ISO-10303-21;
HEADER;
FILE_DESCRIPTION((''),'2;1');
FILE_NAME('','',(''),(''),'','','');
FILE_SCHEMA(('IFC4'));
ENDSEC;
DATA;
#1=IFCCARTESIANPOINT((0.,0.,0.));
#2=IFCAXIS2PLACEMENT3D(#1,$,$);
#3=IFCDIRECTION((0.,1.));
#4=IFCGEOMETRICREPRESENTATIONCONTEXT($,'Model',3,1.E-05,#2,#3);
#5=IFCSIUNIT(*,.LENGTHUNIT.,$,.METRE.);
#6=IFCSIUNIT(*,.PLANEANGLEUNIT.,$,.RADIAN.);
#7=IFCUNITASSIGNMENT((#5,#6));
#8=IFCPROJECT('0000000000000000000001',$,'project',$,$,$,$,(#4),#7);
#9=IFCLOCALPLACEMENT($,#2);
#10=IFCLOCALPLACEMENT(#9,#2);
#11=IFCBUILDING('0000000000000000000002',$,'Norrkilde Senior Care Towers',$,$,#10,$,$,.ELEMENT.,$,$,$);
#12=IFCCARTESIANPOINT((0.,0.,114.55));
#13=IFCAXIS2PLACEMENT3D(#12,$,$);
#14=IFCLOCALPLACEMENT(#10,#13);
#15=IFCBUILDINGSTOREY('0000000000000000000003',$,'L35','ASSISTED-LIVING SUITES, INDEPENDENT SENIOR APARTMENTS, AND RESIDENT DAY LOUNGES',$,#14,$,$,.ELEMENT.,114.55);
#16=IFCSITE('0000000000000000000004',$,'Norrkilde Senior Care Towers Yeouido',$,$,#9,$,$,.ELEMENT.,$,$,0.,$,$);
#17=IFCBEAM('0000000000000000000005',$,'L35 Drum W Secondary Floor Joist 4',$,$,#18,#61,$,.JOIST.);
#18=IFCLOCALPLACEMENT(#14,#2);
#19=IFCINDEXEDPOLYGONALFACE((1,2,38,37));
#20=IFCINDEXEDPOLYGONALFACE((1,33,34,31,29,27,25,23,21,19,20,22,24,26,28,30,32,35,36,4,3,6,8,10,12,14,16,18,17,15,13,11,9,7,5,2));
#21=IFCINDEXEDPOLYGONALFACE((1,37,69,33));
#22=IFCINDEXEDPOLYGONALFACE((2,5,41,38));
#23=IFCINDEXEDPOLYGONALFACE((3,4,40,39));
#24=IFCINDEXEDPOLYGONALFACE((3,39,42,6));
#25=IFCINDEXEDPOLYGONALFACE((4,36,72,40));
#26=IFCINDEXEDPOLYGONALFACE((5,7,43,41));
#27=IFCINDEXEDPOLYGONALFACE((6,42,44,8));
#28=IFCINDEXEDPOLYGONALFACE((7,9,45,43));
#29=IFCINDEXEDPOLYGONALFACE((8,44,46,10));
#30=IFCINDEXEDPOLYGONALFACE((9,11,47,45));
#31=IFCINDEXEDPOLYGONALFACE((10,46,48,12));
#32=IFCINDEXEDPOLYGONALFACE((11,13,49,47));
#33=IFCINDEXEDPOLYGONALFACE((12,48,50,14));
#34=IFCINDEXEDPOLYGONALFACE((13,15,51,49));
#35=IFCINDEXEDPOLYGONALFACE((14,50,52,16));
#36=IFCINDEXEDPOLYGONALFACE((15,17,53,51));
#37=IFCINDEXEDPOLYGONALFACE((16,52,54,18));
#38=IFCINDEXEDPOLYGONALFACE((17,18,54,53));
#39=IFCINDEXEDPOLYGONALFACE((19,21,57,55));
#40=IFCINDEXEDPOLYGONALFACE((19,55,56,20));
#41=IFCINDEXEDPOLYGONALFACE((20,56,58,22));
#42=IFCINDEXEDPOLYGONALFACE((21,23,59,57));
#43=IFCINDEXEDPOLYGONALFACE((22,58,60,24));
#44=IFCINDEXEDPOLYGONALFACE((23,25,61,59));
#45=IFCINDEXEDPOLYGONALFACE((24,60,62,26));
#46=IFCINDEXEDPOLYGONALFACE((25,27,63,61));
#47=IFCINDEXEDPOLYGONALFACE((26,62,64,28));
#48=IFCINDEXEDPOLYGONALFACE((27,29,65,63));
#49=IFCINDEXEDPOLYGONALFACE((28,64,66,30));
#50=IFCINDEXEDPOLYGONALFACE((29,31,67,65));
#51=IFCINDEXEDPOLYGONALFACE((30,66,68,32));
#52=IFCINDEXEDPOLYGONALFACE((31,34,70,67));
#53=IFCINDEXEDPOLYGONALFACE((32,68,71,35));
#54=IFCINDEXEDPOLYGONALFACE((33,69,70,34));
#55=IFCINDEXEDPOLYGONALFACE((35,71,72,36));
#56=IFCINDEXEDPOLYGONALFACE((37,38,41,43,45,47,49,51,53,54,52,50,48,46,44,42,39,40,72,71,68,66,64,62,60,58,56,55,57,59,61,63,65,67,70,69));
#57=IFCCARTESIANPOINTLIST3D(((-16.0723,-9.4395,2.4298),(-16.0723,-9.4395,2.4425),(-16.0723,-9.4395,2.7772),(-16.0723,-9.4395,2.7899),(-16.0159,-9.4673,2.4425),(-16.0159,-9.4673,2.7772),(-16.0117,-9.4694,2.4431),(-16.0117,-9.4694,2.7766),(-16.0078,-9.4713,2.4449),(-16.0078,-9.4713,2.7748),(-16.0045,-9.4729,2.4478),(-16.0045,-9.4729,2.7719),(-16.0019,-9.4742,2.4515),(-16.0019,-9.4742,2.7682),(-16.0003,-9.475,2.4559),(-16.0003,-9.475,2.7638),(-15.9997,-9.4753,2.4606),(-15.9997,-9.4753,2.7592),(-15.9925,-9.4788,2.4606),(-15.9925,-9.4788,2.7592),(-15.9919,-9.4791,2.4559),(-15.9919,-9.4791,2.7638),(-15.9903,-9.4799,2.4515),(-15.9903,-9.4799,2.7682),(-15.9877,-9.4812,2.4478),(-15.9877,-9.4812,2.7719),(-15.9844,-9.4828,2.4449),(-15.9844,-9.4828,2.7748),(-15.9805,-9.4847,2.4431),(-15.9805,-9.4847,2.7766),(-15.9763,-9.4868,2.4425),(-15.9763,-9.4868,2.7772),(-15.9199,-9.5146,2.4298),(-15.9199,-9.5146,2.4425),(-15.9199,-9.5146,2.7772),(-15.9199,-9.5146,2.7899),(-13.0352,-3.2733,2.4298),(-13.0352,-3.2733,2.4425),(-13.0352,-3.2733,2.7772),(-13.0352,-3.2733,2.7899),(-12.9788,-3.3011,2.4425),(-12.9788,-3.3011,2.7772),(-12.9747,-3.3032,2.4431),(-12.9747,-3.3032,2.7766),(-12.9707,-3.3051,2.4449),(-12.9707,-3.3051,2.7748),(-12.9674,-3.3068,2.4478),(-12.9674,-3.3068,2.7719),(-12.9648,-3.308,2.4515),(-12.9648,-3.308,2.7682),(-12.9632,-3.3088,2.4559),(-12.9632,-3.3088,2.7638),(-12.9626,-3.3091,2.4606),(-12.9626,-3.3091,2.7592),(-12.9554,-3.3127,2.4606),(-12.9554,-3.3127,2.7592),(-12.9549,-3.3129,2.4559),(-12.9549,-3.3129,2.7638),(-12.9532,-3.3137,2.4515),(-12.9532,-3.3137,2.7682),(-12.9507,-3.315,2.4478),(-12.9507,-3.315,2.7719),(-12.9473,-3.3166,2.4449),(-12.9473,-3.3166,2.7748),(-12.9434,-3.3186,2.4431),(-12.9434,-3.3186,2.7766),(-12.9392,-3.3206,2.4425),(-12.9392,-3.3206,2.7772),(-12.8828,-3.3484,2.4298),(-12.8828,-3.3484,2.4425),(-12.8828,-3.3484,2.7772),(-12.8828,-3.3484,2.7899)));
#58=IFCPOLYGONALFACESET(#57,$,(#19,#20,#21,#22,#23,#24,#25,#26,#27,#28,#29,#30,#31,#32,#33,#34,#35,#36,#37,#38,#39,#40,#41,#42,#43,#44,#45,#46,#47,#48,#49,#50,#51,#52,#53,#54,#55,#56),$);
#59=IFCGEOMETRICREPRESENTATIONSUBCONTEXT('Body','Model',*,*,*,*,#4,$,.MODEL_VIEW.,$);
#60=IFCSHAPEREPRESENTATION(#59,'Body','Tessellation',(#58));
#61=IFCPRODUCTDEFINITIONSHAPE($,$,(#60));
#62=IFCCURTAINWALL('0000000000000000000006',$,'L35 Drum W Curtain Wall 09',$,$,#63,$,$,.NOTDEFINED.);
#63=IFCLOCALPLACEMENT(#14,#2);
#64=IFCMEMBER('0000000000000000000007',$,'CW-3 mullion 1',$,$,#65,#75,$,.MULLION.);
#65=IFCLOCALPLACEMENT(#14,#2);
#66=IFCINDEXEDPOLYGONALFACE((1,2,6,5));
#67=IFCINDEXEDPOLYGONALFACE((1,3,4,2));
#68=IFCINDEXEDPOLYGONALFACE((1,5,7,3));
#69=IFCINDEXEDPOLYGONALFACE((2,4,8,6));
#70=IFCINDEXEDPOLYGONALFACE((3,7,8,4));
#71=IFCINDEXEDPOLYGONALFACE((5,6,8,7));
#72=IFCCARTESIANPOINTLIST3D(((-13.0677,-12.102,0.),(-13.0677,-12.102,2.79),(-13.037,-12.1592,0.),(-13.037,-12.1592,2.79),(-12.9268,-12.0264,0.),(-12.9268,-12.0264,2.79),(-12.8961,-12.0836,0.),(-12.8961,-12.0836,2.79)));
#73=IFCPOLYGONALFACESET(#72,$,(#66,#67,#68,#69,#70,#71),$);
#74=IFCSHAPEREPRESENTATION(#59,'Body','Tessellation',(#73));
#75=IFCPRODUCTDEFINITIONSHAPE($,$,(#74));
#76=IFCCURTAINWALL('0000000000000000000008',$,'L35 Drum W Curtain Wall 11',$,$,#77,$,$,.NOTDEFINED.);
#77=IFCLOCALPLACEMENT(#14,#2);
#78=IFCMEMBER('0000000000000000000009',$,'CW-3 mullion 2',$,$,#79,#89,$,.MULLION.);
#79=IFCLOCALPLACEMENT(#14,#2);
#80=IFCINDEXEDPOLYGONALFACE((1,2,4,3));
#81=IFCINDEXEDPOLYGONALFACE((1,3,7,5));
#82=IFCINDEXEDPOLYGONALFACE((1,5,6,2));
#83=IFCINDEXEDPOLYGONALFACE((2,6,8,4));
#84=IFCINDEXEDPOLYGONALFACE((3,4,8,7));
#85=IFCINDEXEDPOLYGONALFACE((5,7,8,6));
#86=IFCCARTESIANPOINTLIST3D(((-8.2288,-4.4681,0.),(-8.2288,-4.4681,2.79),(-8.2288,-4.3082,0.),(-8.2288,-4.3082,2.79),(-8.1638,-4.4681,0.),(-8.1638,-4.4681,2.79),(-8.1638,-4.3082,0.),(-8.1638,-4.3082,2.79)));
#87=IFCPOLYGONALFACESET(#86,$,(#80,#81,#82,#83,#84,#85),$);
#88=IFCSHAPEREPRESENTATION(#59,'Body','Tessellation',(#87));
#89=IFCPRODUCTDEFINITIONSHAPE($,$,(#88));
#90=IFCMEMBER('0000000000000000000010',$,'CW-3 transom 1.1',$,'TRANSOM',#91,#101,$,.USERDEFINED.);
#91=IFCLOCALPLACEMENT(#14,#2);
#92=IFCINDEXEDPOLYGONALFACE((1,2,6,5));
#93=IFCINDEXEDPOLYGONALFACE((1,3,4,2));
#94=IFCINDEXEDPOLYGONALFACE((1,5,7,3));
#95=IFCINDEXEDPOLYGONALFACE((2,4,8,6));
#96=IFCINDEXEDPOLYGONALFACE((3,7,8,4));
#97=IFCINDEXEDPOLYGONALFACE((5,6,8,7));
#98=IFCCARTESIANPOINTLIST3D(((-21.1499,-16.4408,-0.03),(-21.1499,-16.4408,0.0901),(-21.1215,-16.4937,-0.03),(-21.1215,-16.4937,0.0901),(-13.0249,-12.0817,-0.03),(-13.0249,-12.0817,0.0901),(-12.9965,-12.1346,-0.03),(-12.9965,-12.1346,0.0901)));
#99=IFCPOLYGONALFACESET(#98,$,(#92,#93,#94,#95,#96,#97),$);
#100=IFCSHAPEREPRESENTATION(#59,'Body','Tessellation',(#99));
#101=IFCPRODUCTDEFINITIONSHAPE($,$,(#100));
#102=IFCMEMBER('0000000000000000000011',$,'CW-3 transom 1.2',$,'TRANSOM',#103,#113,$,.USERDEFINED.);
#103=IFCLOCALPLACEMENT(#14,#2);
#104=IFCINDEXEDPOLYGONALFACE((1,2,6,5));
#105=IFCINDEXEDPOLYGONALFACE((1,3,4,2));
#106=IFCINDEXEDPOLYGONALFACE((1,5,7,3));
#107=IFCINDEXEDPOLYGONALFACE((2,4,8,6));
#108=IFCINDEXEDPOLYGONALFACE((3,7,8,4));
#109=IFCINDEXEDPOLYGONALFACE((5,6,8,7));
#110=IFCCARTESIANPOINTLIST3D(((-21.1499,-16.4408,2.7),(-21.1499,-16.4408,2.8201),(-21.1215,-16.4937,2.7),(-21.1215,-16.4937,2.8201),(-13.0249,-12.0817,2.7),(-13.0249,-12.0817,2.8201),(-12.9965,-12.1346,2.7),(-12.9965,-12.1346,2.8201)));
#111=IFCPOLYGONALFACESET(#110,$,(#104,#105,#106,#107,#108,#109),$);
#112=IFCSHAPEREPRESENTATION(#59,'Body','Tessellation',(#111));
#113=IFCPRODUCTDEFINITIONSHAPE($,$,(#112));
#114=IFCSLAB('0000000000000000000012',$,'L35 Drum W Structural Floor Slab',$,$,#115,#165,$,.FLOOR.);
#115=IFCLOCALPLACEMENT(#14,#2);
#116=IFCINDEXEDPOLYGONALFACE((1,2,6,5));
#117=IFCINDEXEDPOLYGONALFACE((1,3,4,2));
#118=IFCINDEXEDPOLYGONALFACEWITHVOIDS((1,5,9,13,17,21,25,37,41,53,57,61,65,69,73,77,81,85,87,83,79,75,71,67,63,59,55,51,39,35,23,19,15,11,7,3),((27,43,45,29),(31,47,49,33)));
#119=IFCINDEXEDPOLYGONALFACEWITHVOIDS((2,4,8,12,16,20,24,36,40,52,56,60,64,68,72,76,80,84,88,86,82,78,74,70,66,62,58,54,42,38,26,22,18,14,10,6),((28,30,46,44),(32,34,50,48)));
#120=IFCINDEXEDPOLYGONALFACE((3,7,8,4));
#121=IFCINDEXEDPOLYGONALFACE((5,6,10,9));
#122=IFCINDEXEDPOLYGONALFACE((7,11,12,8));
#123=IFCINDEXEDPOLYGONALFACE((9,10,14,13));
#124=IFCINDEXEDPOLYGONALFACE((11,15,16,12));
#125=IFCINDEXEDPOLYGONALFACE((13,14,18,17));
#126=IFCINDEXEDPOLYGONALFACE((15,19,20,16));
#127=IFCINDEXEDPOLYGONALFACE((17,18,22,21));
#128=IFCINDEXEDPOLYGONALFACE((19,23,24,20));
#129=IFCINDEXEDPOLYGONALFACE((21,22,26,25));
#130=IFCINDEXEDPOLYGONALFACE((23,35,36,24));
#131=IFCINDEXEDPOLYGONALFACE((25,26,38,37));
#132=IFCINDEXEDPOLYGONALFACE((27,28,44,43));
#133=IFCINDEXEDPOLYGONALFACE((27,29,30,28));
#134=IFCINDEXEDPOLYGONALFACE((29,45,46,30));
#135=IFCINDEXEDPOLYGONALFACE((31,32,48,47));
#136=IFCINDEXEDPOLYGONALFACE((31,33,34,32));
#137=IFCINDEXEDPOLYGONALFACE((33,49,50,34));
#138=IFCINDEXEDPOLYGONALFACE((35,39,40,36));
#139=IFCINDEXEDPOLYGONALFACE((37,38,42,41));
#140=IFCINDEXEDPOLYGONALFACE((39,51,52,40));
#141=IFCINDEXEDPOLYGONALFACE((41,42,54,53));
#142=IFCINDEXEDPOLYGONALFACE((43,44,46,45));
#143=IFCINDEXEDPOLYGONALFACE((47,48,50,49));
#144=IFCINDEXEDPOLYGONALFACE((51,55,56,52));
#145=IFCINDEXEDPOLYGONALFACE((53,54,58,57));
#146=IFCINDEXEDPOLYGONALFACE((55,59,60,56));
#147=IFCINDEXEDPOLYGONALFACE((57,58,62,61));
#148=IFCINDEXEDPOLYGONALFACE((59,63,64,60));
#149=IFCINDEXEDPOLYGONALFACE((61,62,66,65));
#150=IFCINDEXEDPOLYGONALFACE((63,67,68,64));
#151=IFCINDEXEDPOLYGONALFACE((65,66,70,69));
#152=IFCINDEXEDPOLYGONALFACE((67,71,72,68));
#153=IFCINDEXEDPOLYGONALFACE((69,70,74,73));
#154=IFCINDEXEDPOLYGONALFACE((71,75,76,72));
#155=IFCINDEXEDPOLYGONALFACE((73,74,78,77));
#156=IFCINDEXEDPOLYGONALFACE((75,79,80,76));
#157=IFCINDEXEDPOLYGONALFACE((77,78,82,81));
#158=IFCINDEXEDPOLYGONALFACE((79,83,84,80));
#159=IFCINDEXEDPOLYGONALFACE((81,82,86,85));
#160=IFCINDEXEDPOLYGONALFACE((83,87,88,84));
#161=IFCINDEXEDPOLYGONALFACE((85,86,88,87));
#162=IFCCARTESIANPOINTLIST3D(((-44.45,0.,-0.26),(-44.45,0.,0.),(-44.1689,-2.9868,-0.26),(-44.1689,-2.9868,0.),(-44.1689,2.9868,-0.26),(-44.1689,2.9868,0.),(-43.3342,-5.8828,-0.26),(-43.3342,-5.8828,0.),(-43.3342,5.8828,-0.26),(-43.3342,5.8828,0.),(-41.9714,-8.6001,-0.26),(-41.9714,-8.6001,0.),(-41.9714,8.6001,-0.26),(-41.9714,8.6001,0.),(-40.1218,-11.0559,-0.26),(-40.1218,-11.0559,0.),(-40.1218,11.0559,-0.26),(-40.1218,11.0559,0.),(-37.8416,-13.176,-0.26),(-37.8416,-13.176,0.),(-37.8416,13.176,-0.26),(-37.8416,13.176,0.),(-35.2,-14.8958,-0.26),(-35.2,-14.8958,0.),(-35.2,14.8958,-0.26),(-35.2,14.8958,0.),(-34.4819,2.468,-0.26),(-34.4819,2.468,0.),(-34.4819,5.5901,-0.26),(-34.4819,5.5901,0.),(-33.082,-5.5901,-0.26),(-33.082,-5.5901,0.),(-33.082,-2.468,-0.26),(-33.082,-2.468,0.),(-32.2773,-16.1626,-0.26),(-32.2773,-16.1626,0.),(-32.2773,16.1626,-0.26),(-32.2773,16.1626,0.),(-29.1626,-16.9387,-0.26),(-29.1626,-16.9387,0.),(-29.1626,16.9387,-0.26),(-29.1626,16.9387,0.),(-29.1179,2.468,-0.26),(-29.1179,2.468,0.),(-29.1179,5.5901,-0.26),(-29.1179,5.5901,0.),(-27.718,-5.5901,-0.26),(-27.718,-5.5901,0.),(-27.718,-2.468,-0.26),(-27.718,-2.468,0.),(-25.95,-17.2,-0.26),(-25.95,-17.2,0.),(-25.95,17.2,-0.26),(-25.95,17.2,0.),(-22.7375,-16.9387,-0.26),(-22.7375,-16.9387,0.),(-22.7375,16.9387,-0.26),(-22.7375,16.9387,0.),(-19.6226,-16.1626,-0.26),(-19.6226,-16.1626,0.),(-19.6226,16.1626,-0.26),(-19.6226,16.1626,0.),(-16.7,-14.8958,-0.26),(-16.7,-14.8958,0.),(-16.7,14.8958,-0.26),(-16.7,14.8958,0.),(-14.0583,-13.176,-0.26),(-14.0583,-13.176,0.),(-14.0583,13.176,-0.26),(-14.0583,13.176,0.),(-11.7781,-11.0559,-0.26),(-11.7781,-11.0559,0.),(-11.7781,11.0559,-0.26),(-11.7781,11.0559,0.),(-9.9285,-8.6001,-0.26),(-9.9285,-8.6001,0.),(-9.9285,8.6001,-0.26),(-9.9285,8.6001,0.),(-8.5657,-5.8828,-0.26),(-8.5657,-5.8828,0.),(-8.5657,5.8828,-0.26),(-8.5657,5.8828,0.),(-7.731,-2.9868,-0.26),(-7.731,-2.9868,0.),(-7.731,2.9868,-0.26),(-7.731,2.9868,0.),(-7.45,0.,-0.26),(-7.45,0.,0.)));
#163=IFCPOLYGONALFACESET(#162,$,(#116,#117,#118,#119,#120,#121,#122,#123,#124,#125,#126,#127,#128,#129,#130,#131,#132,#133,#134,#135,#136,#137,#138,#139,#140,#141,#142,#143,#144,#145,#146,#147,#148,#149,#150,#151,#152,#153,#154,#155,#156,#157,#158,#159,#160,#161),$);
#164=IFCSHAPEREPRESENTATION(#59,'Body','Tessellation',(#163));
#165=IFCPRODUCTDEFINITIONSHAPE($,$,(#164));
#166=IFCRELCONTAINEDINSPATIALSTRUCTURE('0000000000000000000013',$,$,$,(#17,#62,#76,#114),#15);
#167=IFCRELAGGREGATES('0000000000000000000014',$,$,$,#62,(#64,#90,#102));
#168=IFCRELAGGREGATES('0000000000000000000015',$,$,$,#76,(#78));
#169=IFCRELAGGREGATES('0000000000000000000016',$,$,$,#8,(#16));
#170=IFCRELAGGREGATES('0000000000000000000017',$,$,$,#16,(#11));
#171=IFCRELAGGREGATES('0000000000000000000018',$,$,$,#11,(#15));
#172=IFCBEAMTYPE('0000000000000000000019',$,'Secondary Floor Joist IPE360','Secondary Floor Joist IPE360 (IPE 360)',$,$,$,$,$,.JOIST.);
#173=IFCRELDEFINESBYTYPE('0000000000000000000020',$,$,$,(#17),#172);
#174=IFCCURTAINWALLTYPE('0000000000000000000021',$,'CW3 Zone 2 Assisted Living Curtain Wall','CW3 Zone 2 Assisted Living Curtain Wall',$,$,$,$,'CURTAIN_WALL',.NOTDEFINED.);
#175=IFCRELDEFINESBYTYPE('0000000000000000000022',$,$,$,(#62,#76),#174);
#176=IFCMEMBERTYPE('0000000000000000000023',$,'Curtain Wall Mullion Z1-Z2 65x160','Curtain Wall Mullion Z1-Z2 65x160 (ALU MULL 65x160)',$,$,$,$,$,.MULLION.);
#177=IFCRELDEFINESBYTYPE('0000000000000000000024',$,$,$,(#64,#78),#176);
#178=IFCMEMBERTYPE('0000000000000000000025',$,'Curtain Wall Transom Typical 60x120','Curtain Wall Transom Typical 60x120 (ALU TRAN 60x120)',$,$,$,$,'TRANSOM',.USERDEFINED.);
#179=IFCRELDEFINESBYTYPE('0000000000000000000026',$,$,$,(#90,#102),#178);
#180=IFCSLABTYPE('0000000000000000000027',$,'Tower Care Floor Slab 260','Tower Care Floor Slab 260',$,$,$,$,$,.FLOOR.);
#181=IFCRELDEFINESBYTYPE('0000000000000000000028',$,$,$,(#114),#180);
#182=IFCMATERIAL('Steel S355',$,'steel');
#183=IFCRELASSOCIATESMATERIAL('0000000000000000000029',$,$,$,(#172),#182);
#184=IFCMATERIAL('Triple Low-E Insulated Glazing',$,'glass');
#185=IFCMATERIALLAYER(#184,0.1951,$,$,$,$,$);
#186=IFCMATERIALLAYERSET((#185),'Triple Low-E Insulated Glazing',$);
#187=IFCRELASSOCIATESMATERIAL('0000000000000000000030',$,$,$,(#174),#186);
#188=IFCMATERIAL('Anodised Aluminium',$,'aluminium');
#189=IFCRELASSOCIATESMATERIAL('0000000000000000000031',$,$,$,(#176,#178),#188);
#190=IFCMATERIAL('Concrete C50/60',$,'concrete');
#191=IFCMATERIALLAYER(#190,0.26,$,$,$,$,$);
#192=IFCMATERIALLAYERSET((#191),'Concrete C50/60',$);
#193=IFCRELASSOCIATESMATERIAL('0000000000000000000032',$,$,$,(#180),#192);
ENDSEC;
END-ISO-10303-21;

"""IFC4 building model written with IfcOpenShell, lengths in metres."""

from ifc_helpers import new_model, si_unit, direction, frame, origin, origin_2d, place, context, subcontext, project, spatial, polyline, rectangle, i_section, outline, extrude, source, transform, mapped, material, layer, layer_set, material_profile, profile_set, type_object, type_shapes, element, aggregate, save


model = new_model("IFC4")

# Units and contexts
model_context = context("Model", 3, precision=1e-05, world=origin(), true_north=direction((0.0, 1.0)))
body_context = subcontext(model_context, "Body", "Model", "MODEL_VIEW")
ifc_project = project(units=[si_unit("LENGTHUNIT", "METRE"), si_unit("PLANEANGLEUNIT", "RADIAN")], contexts=[model_context])

# Site, building, storey
site_placement = place(None, origin())
site = spatial("IfcSite", under=ifc_project, at=site_placement, Name="Norrkilde Senior Care Towers Yeouido", CompositionType="ELEMENT", RefElevation=0.0)
building_placement = place(site_placement, origin())
building = spatial("IfcBuilding", under=site, at=building_placement, Name="Norrkilde Senior Care Towers", CompositionType="ELEMENT")
storey_placement = place(building_placement, frame((0.0, 0.0, 114.55)))
storey = spatial("IfcBuildingStorey", under=building, at=storey_placement, Name="L35", Description="ASSISTED-LIVING SUITES, INDEPENDENT SENIOR APARTMENTS, AND RESIDENT DAY LOUNGES", CompositionType="ELEMENT", Elevation=114.55)

# Beam
ifc_material_1 = material(Name="Steel S355", Category="steel")
ifc_material_profile_1 = material_profile(ifc_material_1, i_section(OverallWidth=0.1699, OverallDepth=0.3601, WebThickness=0.0081, FlangeThickness=0.0127, FilletRadius=0.0181, at=origin_2d()), Name="IPE 360")
ifc_profile_set_1 = profile_set([ifc_material_profile_1], Name="Steel S355")
beam_type_1 = type_object("IfcBeamType", Name="Secondary Floor Joist IPE360", Description="Secondary Floor Joist IPE360 (IPE 360)", PredefinedType="JOIST", material=ifc_profile_set_1)
shared_shape_1 = source(origin(), body_context, "Body", "SweptSolid", [
    extrude(i_section(OverallWidth=0.1699, OverallDepth=0.3601, WebThickness=0.0081, FlangeThickness=0.0127, FilletRadius=0.0181, at=origin_2d()), origin(), (0.0, 0.0, 1.0), 6.8735),
])
type_shapes(beam_type_1, [shared_shape_1])
beam_1_placement = place(storey_placement, frame((-15.9961, -9.4771, 2.6099), z_axis=(0.441849, 0.897089, 0.0), x_axis=(-0.897089, 0.441849, 0.0)))
element("IfcBeam", 1, at=beam_1_placement, inside=storey, type_object=beam_type_1, Name="L35 Drum W Secondary Floor Joist 4", PredefinedType="JOIST", context=body_context, shape_type="MappedRepresentation", body=[
    mapped(shared_shape_1, transform((0.0, 0.0, 0.0), x_axis=(1.0, 0.0, 0.0), y_axis=(0.0, 1.0, 0.0), z_axis=(0.0, 0.0, 1.0), scale=1.0)),
])

# Curtain walls, members
ifc_material_2 = material(Name="Triple Low-E Insulated Glazing", Category="glass")
ifc_layer_1 = layer(ifc_material_2, 0.1951)
ifc_layer_set_1 = layer_set([ifc_layer_1], Name="Triple Low-E Insulated Glazing")
curtain_wall_type = type_object("IfcCurtainWallType", Name="CW3 Zone 2 Assisted Living Curtain Wall", Description="CW3 Zone 2 Assisted Living Curtain Wall", ElementType="CURTAIN_WALL", PredefinedType="NOTDEFINED", material=ifc_layer_set_1)
curtain_wall_1_placement = place(storey_placement, origin())
curtain_wall_1 = element("IfcCurtainWall", 2, at=curtain_wall_1_placement, inside=storey, type_object=curtain_wall_type, Name="L35 Drum W Curtain Wall 09", PredefinedType="NOTDEFINED")
ifc_material_3 = material(Name="Anodised Aluminium", Category="aluminium")
ifc_material_profile_2 = material_profile(ifc_material_3, rectangle(XDim=0.0649, YDim=0.1599, at=origin_2d()), Name="ALU MULL 65x160")
ifc_profile_set_2 = profile_set([ifc_material_profile_2], Name="Anodised Aluminium")
member_type_1 = type_object("IfcMemberType", Name="Curtain Wall Mullion Z1-Z2 65x160", Description="Curtain Wall Mullion Z1-Z2 65x160 (ALU MULL 65x160)", PredefinedType="MULLION", material=ifc_profile_set_2)
shared_shape_2 = source(origin(), body_context, "Body", "SweptSolid", [
    extrude(rectangle(XDim=0.0649, YDim=0.1599, at=origin_2d()), origin(), (0.0, 0.0, 1.0), 2.79),
])
type_shapes(member_type_1, [shared_shape_2])
member_1_placement = place(storey_placement, frame((-12.9819, -12.0928, 0.0), z_axis=(0.0, 0.0, 1.0), x_axis=(0.472769, -0.881186, 0.0)))
member_1 = element("IfcMember", 3, at=member_1_placement, type_object=member_type_1, Name="CW-3 mullion 1", PredefinedType="MULLION", context=body_context, shape_type="MappedRepresentation", body=[
    mapped(shared_shape_2, transform((0.0, 0.0, 0.0), x_axis=(1.0, 0.0, 0.0), y_axis=(0.0, 1.0, 0.0), z_axis=(0.0, 0.0, 1.0), scale=1.0)),
])
curtain_wall_2_placement = place(storey_placement, origin())
curtain_wall_2 = element("IfcCurtainWall", 4, at=curtain_wall_2_placement, inside=storey, type_object=curtain_wall_type, Name="L35 Drum W Curtain Wall 11", PredefinedType="NOTDEFINED")
member_2_placement = place(storey_placement, frame((-8.1963, -4.3882, 0.0), z_axis=(0.0, 0.0, 1.0), x_axis=(1.0, 0.0, 0.0)))
member_2 = element("IfcMember", 5, at=member_2_placement, type_object=member_type_1, Name="CW-3 mullion 2", PredefinedType="MULLION", context=body_context, shape_type="MappedRepresentation", body=[
    mapped(shared_shape_2, transform((0.0, 0.0, 0.0), x_axis=(1.0, 0.0, 0.0), y_axis=(0.0, 1.0, 0.0), z_axis=(0.0, 0.0, 1.0), scale=1.0)),
])

# Members
ifc_material_profile_3 = material_profile(ifc_material_3, rectangle(XDim=0.0601, YDim=0.1201, at=origin_2d()), Name="ALU TRAN 60x120")
ifc_profile_set_3 = profile_set([ifc_material_profile_3], Name="Anodised Aluminium")
member_type_2 = type_object("IfcMemberType", Name="Curtain Wall Transom Typical 60x120", Description="Curtain Wall Transom Typical 60x120 (ALU TRAN 60x120)", ElementType="TRANSOM", PredefinedType="USERDEFINED", material=ifc_profile_set_3)
shared_shape_3 = source(origin(), body_context, "Body", "SweptSolid", [
    extrude(rectangle(XDim=0.0601, YDim=0.1201, at=origin_2d()), origin(), (0.0, 0.0, 1.0), 9.2205),
])
type_shapes(member_type_2, [shared_shape_3])
member_3_placement = place(storey_placement, frame((-13.0107, -12.1082, 0.03), z_axis=(-0.881189, -0.472765, 0.0), x_axis=(0.472765, -0.881189, 0.0)))
member_3 = element("IfcMember", 6, at=member_3_placement, type_object=member_type_2, Name="CW-3 transom 1.1", ObjectType="TRANSOM", PredefinedType="USERDEFINED", context=body_context, shape_type="MappedRepresentation", body=[
    mapped(shared_shape_3, transform((0.0, 0.0, 0.0), x_axis=(1.0, 0.0, 0.0), y_axis=(0.0, 1.0, 0.0), z_axis=(0.0, 0.0, 1.0), scale=1.0)),
])
member_4_placement = place(storey_placement, frame((-13.0107, -12.1082, 2.76), z_axis=(-0.881189, -0.472765, 0.0), x_axis=(0.472765, -0.881189, 0.0)))
member_4 = element("IfcMember", 7, at=member_4_placement, type_object=member_type_2, Name="CW-3 transom 1.2", ObjectType="TRANSOM", PredefinedType="USERDEFINED", context=body_context, shape_type="MappedRepresentation", body=[
    mapped(shared_shape_3, transform((0.0, 0.0, 0.0), x_axis=(1.0, 0.0, 0.0), y_axis=(0.0, 1.0, 0.0), z_axis=(0.0, 0.0, 1.0), scale=1.0)),
])

# Slab
ifc_material_4 = material(Name="Concrete C50/60", Category="concrete")
ifc_layer_2 = layer(ifc_material_4, 0.26)
ifc_layer_set_2 = layer_set([ifc_layer_2], Name="Concrete C50/60")
slab_type = type_object("IfcSlabType", Name="Tower Care Floor Slab 260", Description="Tower Care Floor Slab 260", PredefinedType="FLOOR", material=ifc_layer_set_2)
slab_placement = place(storey_placement, frame((0.0, 0.0, -0.26)))
element("IfcSlab", 8, at=slab_placement, inside=storey, type_object=slab_type, Name="L35 Drum W Structural Floor Slab", PredefinedType="FLOOR", context=body_context, shape_type="SweptSolid", body=[
    extrude(outline(polyline([(-8.5657, -5.8828), (-9.9285, -8.6001), (-11.7781, -11.0559), (-14.0583, -13.176), (-16.7, -14.8958), (-19.6226, -16.1626), (-22.7375, -16.9387), (-25.95, -17.2), (-29.1626, -16.9387), (-32.2773, -16.1626), (-35.2, -14.8958), (-37.8416, -13.176), (-40.1218, -11.0559), (-41.9714, -8.6001), (-43.3342, -5.8828), (-44.1689, -2.9868), (-44.45, 0.0), (-44.1689, 2.9868), (-43.3342, 5.8828), (-41.9714, 8.6001), (-40.1218, 11.0559), (-37.8416, 13.176), (-35.2, 14.8958), (-32.2773, 16.1626), (-29.1626, 16.9387), (-25.95, 17.2), (-22.7375, 16.9387), (-19.6226, 16.1626), (-16.7, 14.8958), (-14.0583, 13.176), (-11.7781, 11.0559), (-9.9285, 8.6001), (-8.5657, 5.8828), (-7.731, 2.9868), (-7.45, 0.0), (-7.731, -2.9868), (-8.5657, -5.8828)]), holes=[polyline([(-34.4819, 2.468), (-29.1179, 2.468), (-29.1179, 5.5901), (-34.4819, 5.5901), (-34.4819, 2.468)]), polyline([(-27.718, -5.5901), (-27.718, -2.468), (-33.082, -2.468), (-33.082, -5.5901), (-27.718, -5.5901)])]), origin(), (0.0, 0.0, 1.0), 0.26),
])

aggregate(curtain_wall_1, [member_1, member_3, member_4])
aggregate(curtain_wall_2, [member_2])

save(model, "model.ifc")
